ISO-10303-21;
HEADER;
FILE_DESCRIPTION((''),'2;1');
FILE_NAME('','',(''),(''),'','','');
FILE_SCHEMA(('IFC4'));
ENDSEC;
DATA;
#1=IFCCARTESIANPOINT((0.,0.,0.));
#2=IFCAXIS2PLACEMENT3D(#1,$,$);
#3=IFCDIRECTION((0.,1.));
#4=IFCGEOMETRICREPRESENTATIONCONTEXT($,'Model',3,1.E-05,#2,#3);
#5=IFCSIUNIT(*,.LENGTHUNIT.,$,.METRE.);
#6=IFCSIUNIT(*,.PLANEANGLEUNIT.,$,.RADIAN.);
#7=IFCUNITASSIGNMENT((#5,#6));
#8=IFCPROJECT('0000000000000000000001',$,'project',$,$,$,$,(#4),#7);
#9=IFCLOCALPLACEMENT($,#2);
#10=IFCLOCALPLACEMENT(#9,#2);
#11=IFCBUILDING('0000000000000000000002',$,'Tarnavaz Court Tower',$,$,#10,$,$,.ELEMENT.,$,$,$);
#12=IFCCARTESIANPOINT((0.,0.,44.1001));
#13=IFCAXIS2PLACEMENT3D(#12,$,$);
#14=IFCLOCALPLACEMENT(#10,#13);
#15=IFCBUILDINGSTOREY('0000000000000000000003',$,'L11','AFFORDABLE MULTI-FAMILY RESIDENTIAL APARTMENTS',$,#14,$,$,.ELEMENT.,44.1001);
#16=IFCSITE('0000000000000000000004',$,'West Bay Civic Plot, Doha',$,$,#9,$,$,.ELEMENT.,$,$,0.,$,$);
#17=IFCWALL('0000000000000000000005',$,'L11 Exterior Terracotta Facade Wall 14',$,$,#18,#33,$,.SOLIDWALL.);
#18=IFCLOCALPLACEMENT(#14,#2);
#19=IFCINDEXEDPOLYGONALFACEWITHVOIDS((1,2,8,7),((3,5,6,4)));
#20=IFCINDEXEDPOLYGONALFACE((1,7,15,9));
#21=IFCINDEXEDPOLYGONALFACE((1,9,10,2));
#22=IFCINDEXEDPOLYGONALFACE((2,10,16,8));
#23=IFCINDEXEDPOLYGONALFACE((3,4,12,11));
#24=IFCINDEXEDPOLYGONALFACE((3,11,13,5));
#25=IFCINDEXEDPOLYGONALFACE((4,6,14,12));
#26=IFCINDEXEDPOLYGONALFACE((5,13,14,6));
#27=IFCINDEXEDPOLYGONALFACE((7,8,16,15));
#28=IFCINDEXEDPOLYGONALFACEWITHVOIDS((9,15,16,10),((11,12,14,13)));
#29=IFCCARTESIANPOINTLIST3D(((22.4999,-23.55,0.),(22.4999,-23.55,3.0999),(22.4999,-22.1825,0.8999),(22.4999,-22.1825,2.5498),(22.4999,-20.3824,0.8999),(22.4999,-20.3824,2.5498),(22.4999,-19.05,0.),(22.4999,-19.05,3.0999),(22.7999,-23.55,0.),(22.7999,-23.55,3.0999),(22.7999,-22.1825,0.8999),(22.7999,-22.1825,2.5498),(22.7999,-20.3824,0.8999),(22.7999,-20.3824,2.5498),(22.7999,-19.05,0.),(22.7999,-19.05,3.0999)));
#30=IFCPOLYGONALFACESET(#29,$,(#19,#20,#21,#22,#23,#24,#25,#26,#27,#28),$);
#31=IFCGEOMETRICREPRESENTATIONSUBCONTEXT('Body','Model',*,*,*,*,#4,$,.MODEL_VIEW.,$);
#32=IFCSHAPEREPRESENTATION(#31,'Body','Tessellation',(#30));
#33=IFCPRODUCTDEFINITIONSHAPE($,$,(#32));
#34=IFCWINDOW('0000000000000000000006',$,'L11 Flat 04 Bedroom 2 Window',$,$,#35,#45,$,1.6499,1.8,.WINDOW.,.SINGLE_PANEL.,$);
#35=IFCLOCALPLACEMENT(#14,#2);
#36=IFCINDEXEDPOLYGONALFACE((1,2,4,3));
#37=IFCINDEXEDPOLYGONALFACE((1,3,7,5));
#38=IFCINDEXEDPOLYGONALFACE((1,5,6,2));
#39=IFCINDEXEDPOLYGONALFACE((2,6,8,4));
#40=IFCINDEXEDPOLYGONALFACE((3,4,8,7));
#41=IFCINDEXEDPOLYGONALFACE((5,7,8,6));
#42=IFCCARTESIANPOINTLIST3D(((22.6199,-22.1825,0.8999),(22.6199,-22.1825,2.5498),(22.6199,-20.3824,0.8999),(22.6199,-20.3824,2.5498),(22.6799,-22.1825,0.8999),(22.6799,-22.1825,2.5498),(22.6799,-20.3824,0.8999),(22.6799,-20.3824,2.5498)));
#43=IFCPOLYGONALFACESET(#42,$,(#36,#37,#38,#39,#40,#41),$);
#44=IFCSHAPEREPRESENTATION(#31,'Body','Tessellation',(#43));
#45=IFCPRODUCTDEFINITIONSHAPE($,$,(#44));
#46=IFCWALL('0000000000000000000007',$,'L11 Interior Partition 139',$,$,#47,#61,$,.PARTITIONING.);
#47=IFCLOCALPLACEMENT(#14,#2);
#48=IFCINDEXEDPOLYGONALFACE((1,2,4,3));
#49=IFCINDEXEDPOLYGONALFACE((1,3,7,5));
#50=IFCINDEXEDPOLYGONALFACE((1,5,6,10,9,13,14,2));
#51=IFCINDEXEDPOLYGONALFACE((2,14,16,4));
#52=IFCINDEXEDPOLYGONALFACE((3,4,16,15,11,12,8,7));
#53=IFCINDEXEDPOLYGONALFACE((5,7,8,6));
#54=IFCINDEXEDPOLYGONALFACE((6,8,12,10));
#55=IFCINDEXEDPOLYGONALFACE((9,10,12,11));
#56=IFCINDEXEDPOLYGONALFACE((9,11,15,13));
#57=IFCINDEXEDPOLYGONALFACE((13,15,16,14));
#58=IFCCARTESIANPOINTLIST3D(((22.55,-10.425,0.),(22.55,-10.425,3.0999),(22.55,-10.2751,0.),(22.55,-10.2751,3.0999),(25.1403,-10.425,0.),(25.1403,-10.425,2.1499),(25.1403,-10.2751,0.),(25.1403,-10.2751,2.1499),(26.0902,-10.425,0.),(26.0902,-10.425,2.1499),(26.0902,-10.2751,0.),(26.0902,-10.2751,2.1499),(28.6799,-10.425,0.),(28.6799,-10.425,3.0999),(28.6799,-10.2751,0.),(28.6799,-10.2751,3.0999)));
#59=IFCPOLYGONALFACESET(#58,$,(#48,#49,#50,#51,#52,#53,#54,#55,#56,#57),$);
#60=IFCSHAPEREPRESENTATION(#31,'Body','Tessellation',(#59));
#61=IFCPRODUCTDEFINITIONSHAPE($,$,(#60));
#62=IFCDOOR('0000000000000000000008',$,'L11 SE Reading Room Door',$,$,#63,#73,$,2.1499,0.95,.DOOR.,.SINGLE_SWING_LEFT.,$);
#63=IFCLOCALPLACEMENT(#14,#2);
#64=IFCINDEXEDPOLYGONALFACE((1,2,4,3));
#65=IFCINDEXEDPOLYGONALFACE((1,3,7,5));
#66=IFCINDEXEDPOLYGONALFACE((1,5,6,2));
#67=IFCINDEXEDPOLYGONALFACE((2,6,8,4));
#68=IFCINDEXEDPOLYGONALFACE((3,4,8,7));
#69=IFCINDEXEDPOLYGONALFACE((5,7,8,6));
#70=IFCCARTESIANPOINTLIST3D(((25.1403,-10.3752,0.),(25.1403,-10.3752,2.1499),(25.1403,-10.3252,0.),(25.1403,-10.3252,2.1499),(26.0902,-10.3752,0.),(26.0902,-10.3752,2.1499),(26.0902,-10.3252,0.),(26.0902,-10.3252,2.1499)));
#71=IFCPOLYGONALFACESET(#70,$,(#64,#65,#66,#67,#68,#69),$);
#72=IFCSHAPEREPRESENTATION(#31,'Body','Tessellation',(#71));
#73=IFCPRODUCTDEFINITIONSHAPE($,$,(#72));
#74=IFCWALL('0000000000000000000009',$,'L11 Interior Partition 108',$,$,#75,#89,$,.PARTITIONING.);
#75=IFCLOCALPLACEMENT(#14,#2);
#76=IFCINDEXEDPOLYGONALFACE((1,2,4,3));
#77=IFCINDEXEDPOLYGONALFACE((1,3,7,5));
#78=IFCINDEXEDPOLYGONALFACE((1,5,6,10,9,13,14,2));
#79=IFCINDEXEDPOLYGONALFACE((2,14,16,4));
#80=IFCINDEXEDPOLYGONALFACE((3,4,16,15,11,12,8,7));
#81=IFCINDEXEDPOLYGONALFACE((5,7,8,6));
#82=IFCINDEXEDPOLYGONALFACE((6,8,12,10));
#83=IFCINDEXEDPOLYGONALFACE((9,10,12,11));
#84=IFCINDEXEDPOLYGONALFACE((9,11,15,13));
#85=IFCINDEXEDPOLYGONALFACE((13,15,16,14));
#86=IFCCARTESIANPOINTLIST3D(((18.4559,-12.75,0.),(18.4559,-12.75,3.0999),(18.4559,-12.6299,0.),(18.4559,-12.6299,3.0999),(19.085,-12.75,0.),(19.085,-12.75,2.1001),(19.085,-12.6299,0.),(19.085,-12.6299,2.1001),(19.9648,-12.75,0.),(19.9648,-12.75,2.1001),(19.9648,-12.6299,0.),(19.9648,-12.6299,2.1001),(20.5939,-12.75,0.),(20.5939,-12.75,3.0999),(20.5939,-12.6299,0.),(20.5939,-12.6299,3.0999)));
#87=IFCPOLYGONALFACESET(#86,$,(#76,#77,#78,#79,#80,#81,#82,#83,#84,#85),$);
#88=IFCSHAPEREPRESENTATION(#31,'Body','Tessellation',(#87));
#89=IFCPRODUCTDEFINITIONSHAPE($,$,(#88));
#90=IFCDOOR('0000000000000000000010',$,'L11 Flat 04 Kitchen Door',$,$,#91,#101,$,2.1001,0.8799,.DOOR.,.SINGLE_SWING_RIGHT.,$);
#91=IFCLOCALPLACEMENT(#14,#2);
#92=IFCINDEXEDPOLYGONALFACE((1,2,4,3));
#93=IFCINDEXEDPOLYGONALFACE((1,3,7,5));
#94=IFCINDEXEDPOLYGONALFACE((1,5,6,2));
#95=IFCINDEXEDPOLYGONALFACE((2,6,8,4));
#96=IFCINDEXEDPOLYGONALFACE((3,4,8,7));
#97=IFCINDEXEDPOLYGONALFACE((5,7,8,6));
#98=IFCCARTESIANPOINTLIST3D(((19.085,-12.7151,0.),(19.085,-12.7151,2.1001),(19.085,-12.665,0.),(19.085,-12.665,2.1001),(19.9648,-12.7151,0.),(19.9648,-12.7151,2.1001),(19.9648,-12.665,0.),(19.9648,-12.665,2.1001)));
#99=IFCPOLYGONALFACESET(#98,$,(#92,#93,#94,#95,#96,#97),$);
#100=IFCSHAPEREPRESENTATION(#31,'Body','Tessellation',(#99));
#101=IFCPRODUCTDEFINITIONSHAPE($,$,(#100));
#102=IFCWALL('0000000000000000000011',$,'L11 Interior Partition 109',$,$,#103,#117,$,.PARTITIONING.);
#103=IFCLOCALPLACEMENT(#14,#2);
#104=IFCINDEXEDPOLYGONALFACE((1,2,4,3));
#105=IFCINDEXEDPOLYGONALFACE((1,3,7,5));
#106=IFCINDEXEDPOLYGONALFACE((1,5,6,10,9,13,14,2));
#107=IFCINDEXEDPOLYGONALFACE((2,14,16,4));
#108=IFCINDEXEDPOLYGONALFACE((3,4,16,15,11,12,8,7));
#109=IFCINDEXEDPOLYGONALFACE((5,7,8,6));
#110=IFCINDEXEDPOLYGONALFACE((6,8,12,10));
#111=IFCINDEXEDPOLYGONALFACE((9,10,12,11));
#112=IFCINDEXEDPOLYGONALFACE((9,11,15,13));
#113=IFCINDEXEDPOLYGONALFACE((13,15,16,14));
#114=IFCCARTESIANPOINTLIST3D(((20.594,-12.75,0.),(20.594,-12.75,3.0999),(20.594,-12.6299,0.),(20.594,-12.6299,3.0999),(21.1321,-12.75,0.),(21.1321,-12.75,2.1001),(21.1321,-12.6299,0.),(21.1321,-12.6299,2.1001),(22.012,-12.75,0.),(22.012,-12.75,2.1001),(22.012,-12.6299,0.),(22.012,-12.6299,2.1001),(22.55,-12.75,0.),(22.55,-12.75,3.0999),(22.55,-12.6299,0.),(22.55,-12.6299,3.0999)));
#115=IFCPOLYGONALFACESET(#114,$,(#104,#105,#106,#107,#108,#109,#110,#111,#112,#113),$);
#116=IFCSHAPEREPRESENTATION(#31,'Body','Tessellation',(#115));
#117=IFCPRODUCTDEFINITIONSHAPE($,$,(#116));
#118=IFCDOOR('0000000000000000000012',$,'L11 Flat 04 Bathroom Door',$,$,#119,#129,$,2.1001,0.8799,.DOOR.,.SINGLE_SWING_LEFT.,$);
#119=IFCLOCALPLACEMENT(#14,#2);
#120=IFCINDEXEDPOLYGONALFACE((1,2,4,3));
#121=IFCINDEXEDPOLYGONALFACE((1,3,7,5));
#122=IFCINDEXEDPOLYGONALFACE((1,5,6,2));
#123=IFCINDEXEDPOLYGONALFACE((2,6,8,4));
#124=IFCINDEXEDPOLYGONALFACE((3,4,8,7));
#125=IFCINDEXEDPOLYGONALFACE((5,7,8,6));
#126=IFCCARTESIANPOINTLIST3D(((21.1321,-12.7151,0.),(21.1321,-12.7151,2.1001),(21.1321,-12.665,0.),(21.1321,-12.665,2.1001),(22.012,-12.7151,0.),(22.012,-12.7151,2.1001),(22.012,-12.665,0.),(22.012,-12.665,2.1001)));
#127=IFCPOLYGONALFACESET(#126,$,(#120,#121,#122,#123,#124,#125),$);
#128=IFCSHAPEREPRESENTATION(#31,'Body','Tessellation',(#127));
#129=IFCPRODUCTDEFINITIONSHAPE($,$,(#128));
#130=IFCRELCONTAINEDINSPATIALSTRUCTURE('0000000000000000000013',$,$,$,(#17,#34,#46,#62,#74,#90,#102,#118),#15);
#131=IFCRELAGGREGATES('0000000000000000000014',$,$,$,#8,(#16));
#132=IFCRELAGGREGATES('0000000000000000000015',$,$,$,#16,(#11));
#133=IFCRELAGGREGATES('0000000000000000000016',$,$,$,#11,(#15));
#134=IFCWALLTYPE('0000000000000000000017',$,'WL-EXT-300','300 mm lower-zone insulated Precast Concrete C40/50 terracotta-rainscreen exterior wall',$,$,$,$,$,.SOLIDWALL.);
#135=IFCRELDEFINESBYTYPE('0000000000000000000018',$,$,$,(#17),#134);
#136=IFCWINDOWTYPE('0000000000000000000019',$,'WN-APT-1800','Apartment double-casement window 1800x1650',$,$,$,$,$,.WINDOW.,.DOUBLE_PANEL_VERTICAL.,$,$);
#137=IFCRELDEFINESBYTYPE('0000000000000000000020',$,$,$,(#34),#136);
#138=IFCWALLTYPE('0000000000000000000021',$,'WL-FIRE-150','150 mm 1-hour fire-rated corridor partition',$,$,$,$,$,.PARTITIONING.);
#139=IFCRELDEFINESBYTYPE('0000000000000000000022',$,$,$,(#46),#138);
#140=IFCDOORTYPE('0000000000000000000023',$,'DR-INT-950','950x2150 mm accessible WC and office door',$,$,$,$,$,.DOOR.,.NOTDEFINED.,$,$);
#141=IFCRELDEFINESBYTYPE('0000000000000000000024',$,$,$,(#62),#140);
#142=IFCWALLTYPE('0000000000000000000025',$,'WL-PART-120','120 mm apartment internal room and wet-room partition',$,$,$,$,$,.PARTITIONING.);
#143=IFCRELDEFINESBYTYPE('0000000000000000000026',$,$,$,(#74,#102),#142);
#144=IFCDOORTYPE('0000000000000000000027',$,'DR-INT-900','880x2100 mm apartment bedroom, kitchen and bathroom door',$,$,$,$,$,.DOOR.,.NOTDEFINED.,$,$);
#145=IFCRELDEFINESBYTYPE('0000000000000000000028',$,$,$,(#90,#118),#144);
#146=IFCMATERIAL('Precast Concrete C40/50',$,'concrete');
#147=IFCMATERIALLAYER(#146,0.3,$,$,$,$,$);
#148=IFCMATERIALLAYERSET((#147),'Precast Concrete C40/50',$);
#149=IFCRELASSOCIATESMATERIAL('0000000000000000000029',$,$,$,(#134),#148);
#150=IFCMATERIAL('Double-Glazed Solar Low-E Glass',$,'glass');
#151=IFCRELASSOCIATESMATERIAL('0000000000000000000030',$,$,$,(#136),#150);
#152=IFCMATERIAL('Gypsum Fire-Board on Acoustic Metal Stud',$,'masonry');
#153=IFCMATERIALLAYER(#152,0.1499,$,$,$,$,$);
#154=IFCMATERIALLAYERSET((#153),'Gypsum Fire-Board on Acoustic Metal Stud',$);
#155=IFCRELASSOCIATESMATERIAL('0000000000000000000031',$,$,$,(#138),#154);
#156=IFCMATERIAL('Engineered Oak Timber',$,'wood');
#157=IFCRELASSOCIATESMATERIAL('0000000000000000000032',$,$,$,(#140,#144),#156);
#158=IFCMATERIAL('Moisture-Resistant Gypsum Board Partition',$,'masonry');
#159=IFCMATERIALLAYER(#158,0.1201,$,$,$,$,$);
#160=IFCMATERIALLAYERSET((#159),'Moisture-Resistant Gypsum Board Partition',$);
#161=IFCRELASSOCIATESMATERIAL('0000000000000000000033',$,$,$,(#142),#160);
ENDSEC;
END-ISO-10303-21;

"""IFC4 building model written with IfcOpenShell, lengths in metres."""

from ifc_helpers import new_model, si_unit, direction, frame, frame_2d, origin, place, context, subcontext, project, spatial, rectangle, extrude, material, layer, layer_set, type_object, element, fill, save


model = new_model("IFC4")

# Units and contexts
model_context = context("Model", 3, precision=1e-05, world=origin(), true_north=direction((0.0, 1.0)))
body_context = subcontext(model_context, "Body", "Model", "MODEL_VIEW")
ifc_project = project(units=[si_unit("LENGTHUNIT", "METRE"), si_unit("PLANEANGLEUNIT", "RADIAN")], contexts=[model_context])

# Site, building, storey
site_placement = place(None, origin())
site = spatial("IfcSite", under=ifc_project, at=site_placement, Name="West Bay Civic Plot, Doha", CompositionType="ELEMENT", RefElevation=0.0)
building_placement = place(site_placement, origin())
building = spatial("IfcBuilding", under=site, at=building_placement, Name="Tarnavaz Court Tower", CompositionType="ELEMENT")
storey_placement = place(building_placement, frame((0.0, 0.0, 44.1001)))
storey = spatial("IfcBuildingStorey", under=building, at=storey_placement, Name="L11", Description="AFFORDABLE MULTI-FAMILY RESIDENTIAL APARTMENTS", CompositionType="ELEMENT", Elevation=44.1001)

# Wall, opening, window
ifc_material_1 = material(Name="Precast Concrete C40/50", Category="concrete")
ifc_layer_1 = layer(ifc_material_1, 0.3)
ifc_layer_set_1 = layer_set([ifc_layer_1], Name="Precast Concrete C40/50")
wall_type_1 = type_object("IfcWallType", Name="WL-EXT-300", Description="300 mm lower-zone insulated Precast Concrete C40/50 terracotta-rainscreen exterior wall", PredefinedType="SOLIDWALL", material=ifc_layer_set_1)
ifc_material_2 = material(Name="Double-Glazed Solar Low-E Glass", Category="glass")
wall_1_placement = place(storey_placement, frame((22.6499, -19.05, 0.0), z_axis=(0.0, 0.0, 1.0), x_axis=(0.0, -1.0, 0.0)))
wall_1 = element("IfcWall", 1, at=wall_1_placement, inside=storey, type_object=wall_type_1, Name="L11 Exterior Terracotta Facade Wall 14", PredefinedType="SOLIDWALL", context=body_context, shape_type="SweptSolid", body=[
    extrude(rectangle(XDim=4.5, YDim=0.3, at=frame_2d((2.25, 0.0))), origin(), (0.0, 0.0, 1.0), 3.0999),
])
opening_1_placement = place(wall_1_placement, frame((1.3325, 0.0, 0.8999)))
opening_1 = element("IfcOpeningElement", 2, at=opening_1_placement, cuts=wall_1, PredefinedType="OPENING", context=body_context, shape_type="SweptSolid", body=[
    extrude(rectangle(XDim=1.8, YDim=1.6499, at=frame_2d((0.8999, 0.825))), frame((0.0, 0.1599, 0.0), z_axis=(0.0, -1.0, 0.0), x_axis=(1.0, 0.0, 0.0)), (0.0, 0.0, 1.0), 0.3201),
])
window_type_1 = type_object("IfcWindowType", Name="WN-APT-1800", Description="Apartment double-casement window 1800x1650", PartitioningType="DOUBLE_PANEL_VERTICAL", PredefinedType="WINDOW", material=ifc_material_2)
window_1_placement = place(opening_1_placement, origin())
window_1 = element("IfcWindow", 3, at=window_1_placement, inside=storey, type_object=window_type_1, Name="L11 Flat 04 Bedroom 2 Window", OverallHeight=1.6499, OverallWidth=1.8, PartitioningType="SINGLE_PANEL", PredefinedType="WINDOW", context=body_context, shape_type="SweptSolid", body=[
    extrude(rectangle(XDim=1.8, YDim=1.6499, at=frame_2d((0.8999, 0.825))), frame((0.0, 0.03, 0.0), z_axis=(0.0, -1.0, 0.0), x_axis=(1.0, 0.0, 0.0)), (0.0, 0.0, 1.0), 0.0601),
])
fill(opening_1, window_1)

# Walls, openings, doors
ifc_material_3 = material(Name="Gypsum Fire-Board on Acoustic Metal Stud", Category="masonry")
ifc_layer_2 = layer(ifc_material_3, 0.1499)
ifc_layer_set_2 = layer_set([ifc_layer_2], Name="Gypsum Fire-Board on Acoustic Metal Stud")
wall_type_2 = type_object("IfcWallType", Name="WL-FIRE-150", Description="150 mm 1-hour fire-rated corridor partition", PredefinedType="PARTITIONING", material=ifc_layer_set_2)
wall_2_placement = place(storey_placement, frame((22.55, -10.3501, 0.0), z_axis=(0.0, 0.0, 1.0), x_axis=(1.0, 0.0, 0.0)))
wall_2 = element("IfcWall", 4, at=wall_2_placement, inside=storey, type_object=wall_type_2, Name="L11 Interior Partition 139", PredefinedType="PARTITIONING", context=body_context, shape_type="SweptSolid", body=[
    extrude(rectangle(XDim=6.1299, YDim=0.1499, at=frame_2d((3.0649, 0.0))), origin(), (0.0, 0.0, 1.0), 3.0999),
])
opening_2_placement = place(wall_2_placement, frame((2.5901, 0.0, 0.0)))
opening_2 = element("IfcOpeningElement", 5, at=opening_2_placement, cuts=wall_2, PredefinedType="OPENING", context=body_context, shape_type="SweptSolid", body=[
    extrude(rectangle(XDim=0.95, YDim=2.1499, at=frame_2d((0.4751, 1.075))), frame((0.0, 0.085, 0.0), z_axis=(0.0, -1.0, 0.0), x_axis=(1.0, 0.0, 0.0)), (0.0, 0.0, 1.0), 0.1699),
])
ifc_material_4 = material(Name="Engineered Oak Timber", Category="wood")
door_type_1 = type_object("IfcDoorType", Name="DR-INT-950", Description="950x2150 mm accessible WC and office door", OperationType="NOTDEFINED", PredefinedType="DOOR", material=ifc_material_4)
door_1_placement = place(opening_2_placement, origin())
door_1 = element("IfcDoor", 6, at=door_1_placement, inside=storey, type_object=door_type_1, Name="L11 SE Reading Room Door", OperationType="SINGLE_SWING_LEFT", OverallHeight=2.1499, OverallWidth=0.95, PredefinedType="DOOR", context=body_context, shape_type="SweptSolid", body=[
    extrude(rectangle(XDim=0.95, YDim=2.1499, at=frame_2d((0.4751, 1.075))), frame((0.0, 0.0249, 0.0), z_axis=(0.0, -1.0, 0.0), x_axis=(1.0, 0.0, 0.0)), (0.0, 0.0, 1.0), 0.05),
])
fill(opening_2, door_1)
ifc_material_5 = material(Name="Moisture-Resistant Gypsum Board Partition", Category="masonry")
ifc_layer_3 = layer(ifc_material_5, 0.1201)
ifc_layer_set_3 = layer_set([ifc_layer_3], Name="Moisture-Resistant Gypsum Board Partition")
wall_type_3 = type_object("IfcWallType", Name="WL-PART-120", Description="120 mm apartment internal room and wet-room partition", PredefinedType="PARTITIONING", material=ifc_layer_set_3)
wall_3_placement = place(storey_placement, frame((18.4561, -12.6899, 0.0), z_axis=(0.0, 0.0, 1.0), x_axis=(1.0, 0.0, 0.0)))
wall_3 = element("IfcWall", 7, at=wall_3_placement, inside=storey, type_object=wall_type_3, Name="L11 Interior Partition 108", PredefinedType="PARTITIONING", context=body_context, shape_type="SweptSolid", body=[
    extrude(rectangle(XDim=2.1379, YDim=0.1201, at=frame_2d((1.0688, 0.0))), origin(), (0.0, 0.0, 1.0), 3.0999),
])
opening_3_placement = place(wall_3_placement, frame((0.6289, 0.0, 0.0)))
opening_3 = element("IfcOpeningElement", 8, at=opening_3_placement, cuts=wall_3, PredefinedType="OPENING", context=body_context, shape_type="SweptSolid", body=[
    extrude(rectangle(XDim=0.8799, YDim=2.1001, at=frame_2d((0.4399, 1.05))), frame((0.0, 0.0701, 0.0), z_axis=(0.0, -1.0, 0.0), x_axis=(1.0, 0.0, 0.0)), (0.0, 0.0, 1.0), 0.1401),
])
door_type_2 = type_object("IfcDoorType", Name="DR-INT-900", Description="880x2100 mm apartment bedroom, kitchen and bathroom door", OperationType="NOTDEFINED", PredefinedType="DOOR", material=ifc_material_4)
door_2_placement = place(opening_3_placement, origin())
door_2 = element("IfcDoor", 9, at=door_2_placement, inside=storey, type_object=door_type_2, Name="L11 Flat 04 Kitchen Door", OperationType="SINGLE_SWING_RIGHT", OverallHeight=2.1001, OverallWidth=0.8799, PredefinedType="DOOR", context=body_context, shape_type="SweptSolid", body=[
    extrude(rectangle(XDim=0.8799, YDim=2.1001, at=frame_2d((0.4399, 1.05))), frame((0.0, 0.0249, 0.0), z_axis=(0.0, -1.0, 0.0), x_axis=(1.0, 0.0, 0.0)), (0.0, 0.0, 1.0), 0.05),
])
fill(opening_3, door_2)
wall_4_placement = place(storey_placement, frame((20.594, -12.6899, 0.0), z_axis=(0.0, 0.0, 1.0), x_axis=(1.0, 0.0, 0.0)))
wall_4 = element("IfcWall", 10, at=wall_4_placement, inside=storey, type_object=wall_type_3, Name="L11 Interior Partition 109", PredefinedType="PARTITIONING", context=body_context, shape_type="SweptSolid", body=[
    extrude(rectangle(XDim=1.9561, YDim=0.1201, at=frame_2d((0.978, 0.0))), origin(), (0.0, 0.0, 1.0), 3.0999),
])
opening_4_placement = place(wall_4_placement, frame((0.5381, 0.0, 0.0)))
opening_4 = element("IfcOpeningElement", 11, at=opening_4_placement, cuts=wall_4, PredefinedType="OPENING", context=body_context, shape_type="SweptSolid", body=[
    extrude(rectangle(XDim=0.8799, YDim=2.1001, at=frame_2d((0.4399, 1.05))), frame((0.0, 0.0701, 0.0), z_axis=(0.0, -1.0, 0.0), x_axis=(1.0, 0.0, 0.0)), (0.0, 0.0, 1.0), 0.1401),
])
door_3_placement = place(opening_4_placement, origin())
door_3 = element("IfcDoor", 12, at=door_3_placement, inside=storey, type_object=door_type_2, Name="L11 Flat 04 Bathroom Door", OperationType="SINGLE_SWING_LEFT", OverallHeight=2.1001, OverallWidth=0.8799, PredefinedType="DOOR", context=body_context, shape_type="SweptSolid", body=[
    extrude(rectangle(XDim=0.8799, YDim=2.1001, at=frame_2d((0.4399, 1.05))), frame((0.0, 0.0249, 0.0), z_axis=(0.0, -1.0, 0.0), x_axis=(1.0, 0.0, 0.0)), (0.0, 0.0, 1.0), 0.05),
])
fill(opening_4, door_3)

save(model, "model.ifc")
